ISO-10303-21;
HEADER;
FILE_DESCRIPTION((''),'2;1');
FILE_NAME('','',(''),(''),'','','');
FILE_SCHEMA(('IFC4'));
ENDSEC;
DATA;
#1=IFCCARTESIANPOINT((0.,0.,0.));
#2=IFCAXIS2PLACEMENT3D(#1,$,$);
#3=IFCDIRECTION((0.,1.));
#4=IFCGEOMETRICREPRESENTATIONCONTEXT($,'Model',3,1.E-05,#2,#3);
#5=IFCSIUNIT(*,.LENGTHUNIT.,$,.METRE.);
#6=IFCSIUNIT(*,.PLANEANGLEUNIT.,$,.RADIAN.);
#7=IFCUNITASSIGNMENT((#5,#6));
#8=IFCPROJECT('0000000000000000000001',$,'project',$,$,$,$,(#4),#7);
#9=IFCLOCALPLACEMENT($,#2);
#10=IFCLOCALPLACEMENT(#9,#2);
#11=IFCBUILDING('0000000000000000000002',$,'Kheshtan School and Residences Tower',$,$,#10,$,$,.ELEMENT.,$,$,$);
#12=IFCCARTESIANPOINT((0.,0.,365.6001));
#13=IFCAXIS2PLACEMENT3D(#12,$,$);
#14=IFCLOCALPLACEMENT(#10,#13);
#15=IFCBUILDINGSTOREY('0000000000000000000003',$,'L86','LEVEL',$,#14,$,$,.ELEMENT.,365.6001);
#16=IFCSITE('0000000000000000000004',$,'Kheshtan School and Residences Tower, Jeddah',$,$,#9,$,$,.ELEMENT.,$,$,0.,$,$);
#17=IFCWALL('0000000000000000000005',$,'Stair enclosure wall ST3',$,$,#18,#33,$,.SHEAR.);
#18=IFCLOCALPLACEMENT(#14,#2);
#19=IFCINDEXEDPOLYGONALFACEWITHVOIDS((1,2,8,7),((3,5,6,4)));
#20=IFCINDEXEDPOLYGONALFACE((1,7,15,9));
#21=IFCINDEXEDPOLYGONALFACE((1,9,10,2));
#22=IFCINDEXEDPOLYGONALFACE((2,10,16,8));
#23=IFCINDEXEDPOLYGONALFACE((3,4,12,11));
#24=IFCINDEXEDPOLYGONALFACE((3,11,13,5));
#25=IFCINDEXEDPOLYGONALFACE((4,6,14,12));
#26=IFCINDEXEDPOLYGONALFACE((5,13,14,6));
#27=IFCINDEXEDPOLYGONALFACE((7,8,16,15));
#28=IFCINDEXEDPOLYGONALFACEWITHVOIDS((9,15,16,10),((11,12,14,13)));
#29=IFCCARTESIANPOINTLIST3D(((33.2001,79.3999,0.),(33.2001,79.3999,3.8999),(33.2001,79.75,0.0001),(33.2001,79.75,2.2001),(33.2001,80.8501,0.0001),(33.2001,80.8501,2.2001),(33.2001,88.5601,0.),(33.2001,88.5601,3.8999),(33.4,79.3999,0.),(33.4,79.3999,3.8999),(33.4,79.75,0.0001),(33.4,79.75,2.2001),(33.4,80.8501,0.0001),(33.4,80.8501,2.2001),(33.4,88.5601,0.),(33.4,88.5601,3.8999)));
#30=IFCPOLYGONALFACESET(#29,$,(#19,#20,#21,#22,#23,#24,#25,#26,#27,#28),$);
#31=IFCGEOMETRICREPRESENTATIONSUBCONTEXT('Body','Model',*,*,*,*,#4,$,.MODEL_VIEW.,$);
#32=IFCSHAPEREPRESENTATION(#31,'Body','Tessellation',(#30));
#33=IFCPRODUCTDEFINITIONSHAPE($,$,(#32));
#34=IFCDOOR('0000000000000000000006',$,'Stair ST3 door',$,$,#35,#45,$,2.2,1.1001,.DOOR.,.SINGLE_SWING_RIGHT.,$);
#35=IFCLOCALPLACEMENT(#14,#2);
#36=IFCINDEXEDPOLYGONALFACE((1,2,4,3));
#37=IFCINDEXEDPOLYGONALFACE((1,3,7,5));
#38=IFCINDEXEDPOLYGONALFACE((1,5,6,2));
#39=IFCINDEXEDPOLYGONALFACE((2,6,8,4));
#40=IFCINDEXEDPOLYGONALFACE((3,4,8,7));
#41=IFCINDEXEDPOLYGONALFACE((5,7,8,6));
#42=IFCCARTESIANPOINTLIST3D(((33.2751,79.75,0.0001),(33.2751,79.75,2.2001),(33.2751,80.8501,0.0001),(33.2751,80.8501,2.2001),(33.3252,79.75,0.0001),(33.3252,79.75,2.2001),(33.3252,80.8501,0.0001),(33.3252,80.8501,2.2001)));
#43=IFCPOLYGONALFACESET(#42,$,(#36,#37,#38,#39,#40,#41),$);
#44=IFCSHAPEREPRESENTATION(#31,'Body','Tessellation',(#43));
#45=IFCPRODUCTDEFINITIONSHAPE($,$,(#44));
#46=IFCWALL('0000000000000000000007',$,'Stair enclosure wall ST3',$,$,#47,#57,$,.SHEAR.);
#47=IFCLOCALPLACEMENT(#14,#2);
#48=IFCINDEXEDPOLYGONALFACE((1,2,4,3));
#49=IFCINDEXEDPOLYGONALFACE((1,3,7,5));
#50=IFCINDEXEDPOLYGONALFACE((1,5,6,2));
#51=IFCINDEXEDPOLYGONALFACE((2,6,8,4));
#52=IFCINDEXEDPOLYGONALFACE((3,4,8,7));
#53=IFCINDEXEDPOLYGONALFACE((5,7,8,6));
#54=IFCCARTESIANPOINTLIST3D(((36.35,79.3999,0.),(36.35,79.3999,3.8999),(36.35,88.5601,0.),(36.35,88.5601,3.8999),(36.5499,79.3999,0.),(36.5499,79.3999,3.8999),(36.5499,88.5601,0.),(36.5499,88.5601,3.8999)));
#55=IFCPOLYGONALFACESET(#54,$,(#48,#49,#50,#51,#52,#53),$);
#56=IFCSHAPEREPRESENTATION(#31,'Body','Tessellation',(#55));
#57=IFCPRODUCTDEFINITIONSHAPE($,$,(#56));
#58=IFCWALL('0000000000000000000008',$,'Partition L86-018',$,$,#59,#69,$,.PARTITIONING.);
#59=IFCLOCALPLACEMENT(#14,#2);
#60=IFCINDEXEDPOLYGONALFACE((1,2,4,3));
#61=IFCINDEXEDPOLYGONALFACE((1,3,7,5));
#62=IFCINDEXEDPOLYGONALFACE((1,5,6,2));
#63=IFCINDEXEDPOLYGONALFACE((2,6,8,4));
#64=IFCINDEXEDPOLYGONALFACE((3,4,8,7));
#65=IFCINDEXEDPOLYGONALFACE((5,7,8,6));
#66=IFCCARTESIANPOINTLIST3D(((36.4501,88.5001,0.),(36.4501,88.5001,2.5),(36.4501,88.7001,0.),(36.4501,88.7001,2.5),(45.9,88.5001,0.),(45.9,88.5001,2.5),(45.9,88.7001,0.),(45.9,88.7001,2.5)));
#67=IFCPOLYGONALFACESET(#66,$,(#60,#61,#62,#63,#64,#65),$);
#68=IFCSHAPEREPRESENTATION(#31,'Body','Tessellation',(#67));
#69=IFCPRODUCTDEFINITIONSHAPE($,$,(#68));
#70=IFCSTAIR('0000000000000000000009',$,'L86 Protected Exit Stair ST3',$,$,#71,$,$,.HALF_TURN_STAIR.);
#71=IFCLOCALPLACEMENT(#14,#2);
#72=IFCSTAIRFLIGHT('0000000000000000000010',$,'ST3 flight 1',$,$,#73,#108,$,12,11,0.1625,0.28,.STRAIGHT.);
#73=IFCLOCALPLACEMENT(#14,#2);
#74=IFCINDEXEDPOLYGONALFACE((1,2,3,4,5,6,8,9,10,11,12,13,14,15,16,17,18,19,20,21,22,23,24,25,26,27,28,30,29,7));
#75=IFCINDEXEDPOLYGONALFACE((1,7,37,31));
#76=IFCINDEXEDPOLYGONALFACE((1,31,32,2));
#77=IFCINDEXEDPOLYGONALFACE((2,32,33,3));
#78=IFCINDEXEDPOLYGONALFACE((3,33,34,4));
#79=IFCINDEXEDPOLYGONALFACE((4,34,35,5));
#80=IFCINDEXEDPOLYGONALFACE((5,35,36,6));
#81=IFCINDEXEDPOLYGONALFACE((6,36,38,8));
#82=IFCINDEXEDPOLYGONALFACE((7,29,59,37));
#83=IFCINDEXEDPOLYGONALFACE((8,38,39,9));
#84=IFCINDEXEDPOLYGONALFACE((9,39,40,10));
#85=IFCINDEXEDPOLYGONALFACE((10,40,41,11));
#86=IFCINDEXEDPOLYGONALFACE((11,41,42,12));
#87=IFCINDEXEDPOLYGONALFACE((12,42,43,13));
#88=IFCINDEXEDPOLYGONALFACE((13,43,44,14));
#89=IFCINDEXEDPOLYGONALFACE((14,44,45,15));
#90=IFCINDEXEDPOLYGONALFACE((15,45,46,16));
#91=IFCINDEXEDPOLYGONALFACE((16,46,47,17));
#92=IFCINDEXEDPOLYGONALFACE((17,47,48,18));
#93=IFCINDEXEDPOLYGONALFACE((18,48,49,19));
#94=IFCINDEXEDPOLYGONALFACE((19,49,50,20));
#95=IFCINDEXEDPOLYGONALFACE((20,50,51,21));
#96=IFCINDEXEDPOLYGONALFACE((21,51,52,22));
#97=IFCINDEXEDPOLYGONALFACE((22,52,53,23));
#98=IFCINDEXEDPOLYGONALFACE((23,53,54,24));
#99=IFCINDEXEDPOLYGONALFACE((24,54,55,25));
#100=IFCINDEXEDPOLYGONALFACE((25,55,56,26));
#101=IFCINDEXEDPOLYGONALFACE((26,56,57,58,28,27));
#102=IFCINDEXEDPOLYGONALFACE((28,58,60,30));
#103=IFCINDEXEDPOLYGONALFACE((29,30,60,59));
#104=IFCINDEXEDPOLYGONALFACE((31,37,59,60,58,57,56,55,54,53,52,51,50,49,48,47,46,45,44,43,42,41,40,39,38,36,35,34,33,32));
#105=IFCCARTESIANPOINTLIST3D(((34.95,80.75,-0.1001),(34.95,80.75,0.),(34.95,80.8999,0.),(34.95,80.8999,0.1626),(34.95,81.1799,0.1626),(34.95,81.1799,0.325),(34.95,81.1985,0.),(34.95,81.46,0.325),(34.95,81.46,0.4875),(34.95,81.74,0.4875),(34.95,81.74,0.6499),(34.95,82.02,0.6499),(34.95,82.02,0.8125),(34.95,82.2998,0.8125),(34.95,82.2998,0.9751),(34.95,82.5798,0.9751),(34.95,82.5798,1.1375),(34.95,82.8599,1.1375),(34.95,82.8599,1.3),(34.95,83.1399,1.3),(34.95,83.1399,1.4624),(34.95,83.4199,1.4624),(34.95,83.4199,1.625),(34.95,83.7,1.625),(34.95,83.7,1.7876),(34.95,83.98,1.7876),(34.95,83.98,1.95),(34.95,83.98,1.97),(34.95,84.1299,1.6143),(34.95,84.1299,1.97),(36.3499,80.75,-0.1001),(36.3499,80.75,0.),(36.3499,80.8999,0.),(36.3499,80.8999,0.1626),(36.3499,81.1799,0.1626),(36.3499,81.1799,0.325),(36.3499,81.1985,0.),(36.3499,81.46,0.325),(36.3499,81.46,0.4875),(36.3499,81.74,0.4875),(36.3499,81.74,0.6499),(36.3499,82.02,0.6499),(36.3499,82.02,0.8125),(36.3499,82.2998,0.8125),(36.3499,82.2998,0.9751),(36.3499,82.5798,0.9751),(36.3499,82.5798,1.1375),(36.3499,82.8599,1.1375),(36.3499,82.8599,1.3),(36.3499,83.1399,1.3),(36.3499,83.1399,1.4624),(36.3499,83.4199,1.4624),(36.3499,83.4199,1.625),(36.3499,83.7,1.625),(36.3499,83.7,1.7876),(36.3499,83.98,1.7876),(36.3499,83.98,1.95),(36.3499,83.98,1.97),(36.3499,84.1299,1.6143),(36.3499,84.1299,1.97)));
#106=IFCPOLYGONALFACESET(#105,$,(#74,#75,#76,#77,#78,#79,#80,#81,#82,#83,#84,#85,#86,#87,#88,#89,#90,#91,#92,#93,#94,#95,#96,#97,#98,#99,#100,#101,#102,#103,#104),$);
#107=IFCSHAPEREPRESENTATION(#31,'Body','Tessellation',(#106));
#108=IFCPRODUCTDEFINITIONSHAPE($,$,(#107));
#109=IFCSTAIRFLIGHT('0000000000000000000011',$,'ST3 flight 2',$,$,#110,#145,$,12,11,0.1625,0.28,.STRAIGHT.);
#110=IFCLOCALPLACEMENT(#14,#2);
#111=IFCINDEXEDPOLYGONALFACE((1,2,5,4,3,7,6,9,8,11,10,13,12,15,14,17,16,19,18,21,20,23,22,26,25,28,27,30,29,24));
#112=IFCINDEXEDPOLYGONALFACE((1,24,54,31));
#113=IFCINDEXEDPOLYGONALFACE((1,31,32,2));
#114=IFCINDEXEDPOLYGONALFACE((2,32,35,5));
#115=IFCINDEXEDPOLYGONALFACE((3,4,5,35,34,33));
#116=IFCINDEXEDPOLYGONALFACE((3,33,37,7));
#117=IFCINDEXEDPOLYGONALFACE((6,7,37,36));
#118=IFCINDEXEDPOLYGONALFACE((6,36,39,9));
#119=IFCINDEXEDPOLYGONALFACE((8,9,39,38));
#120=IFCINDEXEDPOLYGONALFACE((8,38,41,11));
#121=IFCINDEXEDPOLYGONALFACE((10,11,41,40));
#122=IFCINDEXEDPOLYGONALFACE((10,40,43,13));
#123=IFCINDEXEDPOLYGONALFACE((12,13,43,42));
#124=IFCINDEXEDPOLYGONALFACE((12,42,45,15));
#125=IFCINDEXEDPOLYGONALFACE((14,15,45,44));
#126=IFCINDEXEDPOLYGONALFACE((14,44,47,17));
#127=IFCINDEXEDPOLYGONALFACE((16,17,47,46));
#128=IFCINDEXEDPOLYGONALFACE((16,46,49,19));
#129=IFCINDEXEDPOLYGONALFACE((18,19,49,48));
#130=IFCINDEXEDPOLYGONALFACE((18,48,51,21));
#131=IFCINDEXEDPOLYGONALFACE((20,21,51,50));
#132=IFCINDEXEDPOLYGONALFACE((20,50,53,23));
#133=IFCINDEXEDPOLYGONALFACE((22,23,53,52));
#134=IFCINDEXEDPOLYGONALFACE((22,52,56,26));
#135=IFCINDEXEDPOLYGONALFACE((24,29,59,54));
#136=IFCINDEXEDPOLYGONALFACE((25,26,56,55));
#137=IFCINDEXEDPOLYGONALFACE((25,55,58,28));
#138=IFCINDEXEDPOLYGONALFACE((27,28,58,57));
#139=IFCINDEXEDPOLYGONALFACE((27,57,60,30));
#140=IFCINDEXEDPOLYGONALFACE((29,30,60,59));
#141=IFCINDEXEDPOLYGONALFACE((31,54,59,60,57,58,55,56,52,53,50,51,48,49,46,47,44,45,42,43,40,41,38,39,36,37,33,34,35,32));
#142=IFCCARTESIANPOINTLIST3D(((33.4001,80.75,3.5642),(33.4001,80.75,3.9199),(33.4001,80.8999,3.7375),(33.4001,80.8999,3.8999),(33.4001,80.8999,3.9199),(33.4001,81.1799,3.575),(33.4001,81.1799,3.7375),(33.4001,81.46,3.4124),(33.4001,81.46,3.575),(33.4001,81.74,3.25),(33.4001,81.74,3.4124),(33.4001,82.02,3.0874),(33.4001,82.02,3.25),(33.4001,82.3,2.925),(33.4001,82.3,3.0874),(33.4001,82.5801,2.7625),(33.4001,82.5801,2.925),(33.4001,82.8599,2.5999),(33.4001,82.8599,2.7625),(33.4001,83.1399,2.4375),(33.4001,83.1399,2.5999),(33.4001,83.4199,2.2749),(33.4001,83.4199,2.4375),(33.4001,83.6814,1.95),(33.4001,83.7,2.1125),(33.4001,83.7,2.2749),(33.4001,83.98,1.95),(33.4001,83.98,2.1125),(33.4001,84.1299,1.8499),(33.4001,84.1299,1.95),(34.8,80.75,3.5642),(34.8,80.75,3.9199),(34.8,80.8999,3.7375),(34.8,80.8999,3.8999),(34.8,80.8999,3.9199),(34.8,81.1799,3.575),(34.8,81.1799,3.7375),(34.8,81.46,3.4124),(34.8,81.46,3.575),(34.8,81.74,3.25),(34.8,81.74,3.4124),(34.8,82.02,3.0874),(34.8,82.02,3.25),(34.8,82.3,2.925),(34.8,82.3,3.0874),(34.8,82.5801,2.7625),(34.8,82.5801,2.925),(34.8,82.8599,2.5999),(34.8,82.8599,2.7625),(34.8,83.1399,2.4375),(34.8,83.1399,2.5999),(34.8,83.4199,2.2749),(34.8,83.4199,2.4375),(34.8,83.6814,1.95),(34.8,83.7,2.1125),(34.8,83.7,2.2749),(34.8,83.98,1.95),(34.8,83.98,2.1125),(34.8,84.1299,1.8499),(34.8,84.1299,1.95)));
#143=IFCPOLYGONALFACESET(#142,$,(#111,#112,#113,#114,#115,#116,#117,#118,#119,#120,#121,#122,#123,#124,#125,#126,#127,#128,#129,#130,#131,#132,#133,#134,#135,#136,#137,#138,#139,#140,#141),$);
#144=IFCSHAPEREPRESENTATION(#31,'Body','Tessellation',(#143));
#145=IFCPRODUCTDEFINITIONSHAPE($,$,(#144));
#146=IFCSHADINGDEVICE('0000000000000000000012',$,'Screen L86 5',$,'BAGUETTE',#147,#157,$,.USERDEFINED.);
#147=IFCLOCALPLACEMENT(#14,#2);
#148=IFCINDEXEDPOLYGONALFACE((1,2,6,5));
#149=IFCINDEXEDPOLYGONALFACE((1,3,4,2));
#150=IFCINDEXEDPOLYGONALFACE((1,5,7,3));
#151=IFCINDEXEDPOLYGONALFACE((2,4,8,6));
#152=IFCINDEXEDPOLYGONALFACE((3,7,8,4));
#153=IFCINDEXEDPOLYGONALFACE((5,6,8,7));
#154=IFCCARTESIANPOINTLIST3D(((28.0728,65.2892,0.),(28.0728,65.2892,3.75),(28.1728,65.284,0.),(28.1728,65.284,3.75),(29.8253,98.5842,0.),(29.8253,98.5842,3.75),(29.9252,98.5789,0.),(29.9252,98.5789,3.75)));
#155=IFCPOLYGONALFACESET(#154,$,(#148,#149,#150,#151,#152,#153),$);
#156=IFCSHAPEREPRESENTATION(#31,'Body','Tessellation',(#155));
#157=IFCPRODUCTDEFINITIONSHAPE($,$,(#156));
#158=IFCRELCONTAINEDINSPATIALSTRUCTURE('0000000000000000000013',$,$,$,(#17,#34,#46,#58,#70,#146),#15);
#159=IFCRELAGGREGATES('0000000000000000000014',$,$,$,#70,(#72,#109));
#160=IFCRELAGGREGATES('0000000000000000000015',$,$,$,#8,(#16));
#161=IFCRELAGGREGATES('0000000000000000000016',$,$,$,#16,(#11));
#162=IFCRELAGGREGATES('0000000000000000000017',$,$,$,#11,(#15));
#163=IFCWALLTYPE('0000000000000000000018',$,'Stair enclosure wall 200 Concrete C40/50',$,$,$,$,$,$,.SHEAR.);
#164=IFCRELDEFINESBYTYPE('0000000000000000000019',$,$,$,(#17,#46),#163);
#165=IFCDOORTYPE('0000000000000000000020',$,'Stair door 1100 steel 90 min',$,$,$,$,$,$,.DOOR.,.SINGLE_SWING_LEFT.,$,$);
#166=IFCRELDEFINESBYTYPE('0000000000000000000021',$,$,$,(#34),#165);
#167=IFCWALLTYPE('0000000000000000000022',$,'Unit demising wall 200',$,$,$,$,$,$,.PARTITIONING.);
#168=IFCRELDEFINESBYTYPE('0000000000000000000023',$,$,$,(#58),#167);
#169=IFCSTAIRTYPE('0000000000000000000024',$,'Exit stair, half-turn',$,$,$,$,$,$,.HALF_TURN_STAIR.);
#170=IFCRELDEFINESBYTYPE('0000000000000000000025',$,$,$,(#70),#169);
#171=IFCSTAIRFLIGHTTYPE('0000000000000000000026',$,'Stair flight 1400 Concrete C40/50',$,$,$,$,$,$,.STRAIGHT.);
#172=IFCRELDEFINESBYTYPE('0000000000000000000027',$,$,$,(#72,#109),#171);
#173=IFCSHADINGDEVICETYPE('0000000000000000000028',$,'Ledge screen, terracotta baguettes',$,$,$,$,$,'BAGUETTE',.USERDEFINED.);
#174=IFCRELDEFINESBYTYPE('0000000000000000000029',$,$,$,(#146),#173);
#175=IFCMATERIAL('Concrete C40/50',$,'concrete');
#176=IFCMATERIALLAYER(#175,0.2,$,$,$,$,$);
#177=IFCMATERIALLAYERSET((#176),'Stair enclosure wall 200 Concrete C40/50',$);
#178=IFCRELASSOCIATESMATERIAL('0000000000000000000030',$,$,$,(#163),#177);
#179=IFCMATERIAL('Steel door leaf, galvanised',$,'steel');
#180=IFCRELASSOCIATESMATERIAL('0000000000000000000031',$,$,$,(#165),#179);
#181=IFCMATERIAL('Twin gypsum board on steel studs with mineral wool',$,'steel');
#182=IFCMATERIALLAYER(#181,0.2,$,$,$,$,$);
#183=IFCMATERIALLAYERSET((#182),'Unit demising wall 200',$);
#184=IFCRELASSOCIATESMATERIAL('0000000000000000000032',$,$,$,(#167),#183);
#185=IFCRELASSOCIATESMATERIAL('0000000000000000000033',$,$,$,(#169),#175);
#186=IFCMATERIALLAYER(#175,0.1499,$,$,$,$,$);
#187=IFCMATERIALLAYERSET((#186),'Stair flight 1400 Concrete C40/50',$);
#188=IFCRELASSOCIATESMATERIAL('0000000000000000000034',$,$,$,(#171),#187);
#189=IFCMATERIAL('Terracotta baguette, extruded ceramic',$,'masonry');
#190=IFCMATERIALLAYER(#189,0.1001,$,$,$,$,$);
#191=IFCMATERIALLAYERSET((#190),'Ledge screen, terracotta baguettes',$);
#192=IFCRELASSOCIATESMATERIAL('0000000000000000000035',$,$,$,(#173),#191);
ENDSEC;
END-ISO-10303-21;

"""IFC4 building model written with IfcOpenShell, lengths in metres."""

from ifc_helpers import new_model, si_unit, direction, frame, frame_2d, origin, origin_2d, place, context, subcontext, project, spatial, polyline, rectangle, outline, extrude, source, transform, mapped, material, layer, layer_set, type_object, element, fill, aggregate, save


model = new_model("IFC4")

# Units and contexts
model_context = context("Model", 3, precision=1e-05, world=origin(), true_north=direction((0.0, 1.0)))
body_context = subcontext(model_context, "Body", "Model", "MODEL_VIEW")
ifc_project = project(units=[si_unit("LENGTHUNIT", "METRE"), si_unit("PLANEANGLEUNIT", "RADIAN")], contexts=[model_context])

# Site, building, storey
site_placement = place(None, origin())
site = spatial("IfcSite", under=ifc_project, at=site_placement, Name="Kheshtan School and Residences Tower, Jeddah", CompositionType="ELEMENT", RefElevation=0.0)
building_placement = place(site_placement, origin())
building = spatial("IfcBuilding", under=site, at=building_placement, Name="Kheshtan School and Residences Tower", CompositionType="ELEMENT")
storey_placement = place(building_placement, frame((0.0, 0.0, 365.6001)))
storey = spatial("IfcBuildingStorey", under=building, at=storey_placement, Name="L86", Description="LEVEL", CompositionType="ELEMENT", Elevation=365.6001)

# Shared definitions
ifc_material_1 = material(Name="Concrete C40/50", Category="concrete")
ifc_layer_1 = layer(ifc_material_1, 0.2)
ifc_layer_set_1 = layer_set([ifc_layer_1], Name="Stair enclosure wall 200 Concrete C40/50")
wall_type_1 = type_object("IfcWallType", Name="Stair enclosure wall 200 Concrete C40/50", PredefinedType="SHEAR", material=ifc_layer_set_1)

# Wall, opening, door
wall_1_placement = place(storey_placement, frame((33.3, 79.3999, 0.0), z_axis=(0.0, 0.0, 1.0), x_axis=(0.0, 1.0, 0.0)))
wall_1 = element("IfcWall", 1, at=wall_1_placement, inside=storey, type_object=wall_type_1, Name="Stair enclosure wall ST3", PredefinedType="SHEAR", context=body_context, shape_type="SweptSolid", body=[
    extrude(rectangle(XDim=9.1602, YDim=0.2, at=frame_2d((4.5801, 0.0))), origin(), (0.0, 0.0, 1.0), 3.8999),
])
opening_1_placement = place(wall_1_placement, frame((0.3501, 0.0, 0.0)))
opening_1 = element("IfcOpeningElement", 2, at=opening_1_placement, cuts=wall_1, PredefinedType="OPENING", context=body_context, shape_type="SweptSolid", body=[
    extrude(rectangle(XDim=1.1001, YDim=2.2, at=frame_2d((0.55, 1.1001))), frame((0.0, 0.1099, 0.0), z_axis=(0.0, -1.0, 0.0), x_axis=(1.0, 0.0, 0.0)), (0.0, 0.0, 1.0), 0.22),
])
ifc_material_2 = material(Name="Steel door leaf, galvanised", Category="steel")
door_type_1 = type_object("IfcDoorType", Name="Stair door 1100 steel 90 min", OperationType="SINGLE_SWING_LEFT", PredefinedType="DOOR", material=ifc_material_2)
shared_shape_1 = source(origin(), body_context, "Body", "SweptSolid", [
    extrude(rectangle(XDim=1.1001, YDim=2.2, at=frame_2d((0.55, 1.1001))), frame((0.0, 0.0249, 0.0), z_axis=(0.0, -1.0, 0.0), x_axis=(1.0, 0.0, 0.0)), (0.0, 0.0, 1.0), 0.05),
])
door_1_placement = place(opening_1_placement, origin())
door_1 = element("IfcDoor", 3, at=door_1_placement, inside=storey, type_object=door_type_1, Name="Stair ST3 door", OperationType="SINGLE_SWING_RIGHT", OverallHeight=2.2, OverallWidth=1.1001, PredefinedType="DOOR", context=body_context, shape_type="MappedRepresentation", body=[
    mapped(shared_shape_1, transform((0.0, 0.0, 0.0), x_axis=(1.0, 0.0, 0.0), y_axis=(0.0, 1.0, 0.0), z_axis=(0.0, 0.0, 1.0), scale=1.0)),
])
fill(opening_1, door_1)

# Walls
wall_2_placement = place(storey_placement, frame((36.45, 79.3999, 0.0), z_axis=(0.0, 0.0, 1.0), x_axis=(0.0, 1.0, 0.0)))
element("IfcWall", 4, at=wall_2_placement, inside=storey, type_object=wall_type_1, Name="Stair enclosure wall ST3", PredefinedType="SHEAR", context=body_context, shape_type="SweptSolid", body=[
    extrude(rectangle(XDim=9.1602, YDim=0.2, at=frame_2d((4.5801, 0.0))), origin(), (0.0, 0.0, 1.0), 3.8999),
])
ifc_material_3 = material(Name="Twin gypsum board on steel studs with mineral wool", Category="steel")
ifc_layer_2 = layer(ifc_material_3, 0.2)
ifc_layer_set_2 = layer_set([ifc_layer_2], Name="Unit demising wall 200")
wall_type_2 = type_object("IfcWallType", Name="Unit demising wall 200", PredefinedType="PARTITIONING", material=ifc_layer_set_2)
wall_3_placement = place(storey_placement, frame((36.45, 88.6001, 0.0), z_axis=(0.0, 0.0, 1.0), x_axis=(1.0, 0.0, 0.0)))
element("IfcWall", 5, at=wall_3_placement, inside=storey, type_object=wall_type_2, Name="Partition L86-018", PredefinedType="PARTITIONING", context=body_context, shape_type="SweptSolid", body=[
    extrude(rectangle(XDim=9.45, YDim=0.2, at=frame_2d((4.7251, 0.0))), origin(), (0.0, 0.0, 1.0), 2.5),
])

# Stair, stair flights
stair_type = type_object("IfcStairType", Name="Exit stair, half-turn", PredefinedType="HALF_TURN_STAIR", material=ifc_material_1)
stair_placement = place(storey_placement, origin())
stair = element("IfcStair", 6, at=stair_placement, inside=storey, type_object=stair_type, Name="L86 Protected Exit Stair ST3", PredefinedType="HALF_TURN_STAIR")
ifc_layer_3 = layer(ifc_material_1, 0.1499)
ifc_layer_set_3 = layer_set([ifc_layer_3], Name="Stair flight 1400 Concrete C40/50")
stair_flight_type = type_object("IfcStairFlightType", Name="Stair flight 1400 Concrete C40/50", PredefinedType="STRAIGHT", material=ifc_layer_set_3)
stair_flight_1_placement = place(storey_placement, frame((35.6499, 80.8999, 0.0), z_axis=(0.0, 0.0, 1.0), x_axis=(0.0, 1.0, 0.0)))
stair_flight_1 = element("IfcStairFlight", 7, at=stair_flight_1_placement, type_object=stair_flight_type, Name="ST3 flight 1", NumberOfRisers=12, NumberOfTreads=11, PredefinedType="STRAIGHT", RiserHeight=0.1625, TreadLength=0.28, context=body_context, shape_type="SweptSolid", body=[
    extrude(outline(polyline([(-0.1499, -0.1001), (-0.1499, 0.0), (0.0, 0.0), (0.0, 0.1626), (0.28, 0.1626), (0.28, 0.325), (0.5601, 0.325), (0.5601, 0.4875), (0.8401, 0.4875), (0.8401, 0.6499), (1.1201, 0.6499), (1.1201, 0.8125), (1.3999, 0.8125), (1.3999, 0.9751), (1.6799, 0.9751), (1.6799, 1.1375), (1.96, 1.1375), (1.96, 1.3), (2.24, 1.3), (2.24, 1.4624), (2.52, 1.4624), (2.52, 1.625), (2.8, 1.625), (2.8, 1.7876), (3.0801, 1.7876), (3.0801, 1.95), (3.0801, 1.97), (3.23, 1.97), (3.23, 1.6143), (0.2986, 0.0), (-0.1499, -0.1001)])), frame((0.0, 0.7, 0.0), z_axis=(0.0, -1.0, 0.0), x_axis=(1.0, 0.0, 0.0)), (0.0, 0.0, 1.0), 1.3999),
])
stair_flight_2_placement = place(storey_placement, frame((34.1001, 83.98, 1.95), z_axis=(0.0, 0.0, 1.0), x_axis=(0.0, -1.0, 0.0)))
stair_flight_2 = element("IfcStairFlight", 8, at=stair_flight_2_placement, type_object=stair_flight_type, Name="ST3 flight 2", NumberOfRisers=12, NumberOfTreads=11, PredefinedType="STRAIGHT", RiserHeight=0.1625, TreadLength=0.28, context=body_context, shape_type="SweptSolid", body=[
    extrude(outline(polyline([(-0.1499, -0.1001), (-0.1499, 0.0), (0.0, 0.0), (0.0, 0.1626), (0.28, 0.1626), (0.28, 0.325), (0.5601, 0.325), (0.5601, 0.4875), (0.8401, 0.4875), (0.8401, 0.6499), (1.1201, 0.6499), (1.1201, 0.8125), (1.3999, 0.8125), (1.3999, 0.9751), (1.6799, 0.9751), (1.6799, 1.1375), (1.96, 1.1375), (1.96, 1.3), (2.24, 1.3), (2.24, 1.4624), (2.52, 1.4624), (2.52, 1.625), (2.8, 1.625), (2.8, 1.7876), (3.0801, 1.7876), (3.0801, 1.95), (3.0801, 1.97), (3.23, 1.97), (3.23, 1.6143), (0.2986, 0.0), (-0.1499, -0.1001)])), frame((0.0, 0.7, 0.0), z_axis=(0.0, -1.0, 0.0), x_axis=(1.0, 0.0, 0.0)), (0.0, 0.0, 1.0), 1.3999),
])
aggregate(stair, [stair_flight_1, stair_flight_2])

# Shading device
ifc_material_4 = material(Name="Terracotta baguette, extruded ceramic", Category="masonry")
ifc_layer_4 = layer(ifc_material_4, 0.1001)
ifc_layer_set_4 = layer_set([ifc_layer_4], Name="Ledge screen, terracotta baguettes")
shading_device_type = type_object("IfcShadingDeviceType", Name="Ledge screen, terracotta baguettes", ElementType="BAGUETTE", PredefinedType="USERDEFINED", material=ifc_layer_set_4)
shading_device_placement = place(storey_placement, frame((28.999, 81.9341, 0.0), z_axis=(0.0, 0.0, 1.0), x_axis=(0.052563, 0.998618, 0.0)))
element("IfcShadingDevice", 9, at=shading_device_placement, inside=storey, type_object=shading_device_type, Name="Screen L86 5", ObjectType="BAGUETTE", PredefinedType="USERDEFINED", context=body_context, shape_type="SweptSolid", body=[
    extrude(rectangle(XDim=33.3411, YDim=0.1001, at=origin_2d()), origin(), (0.0, 0.0, 1.0), 3.75),
])

save(model, "model.ifc")
